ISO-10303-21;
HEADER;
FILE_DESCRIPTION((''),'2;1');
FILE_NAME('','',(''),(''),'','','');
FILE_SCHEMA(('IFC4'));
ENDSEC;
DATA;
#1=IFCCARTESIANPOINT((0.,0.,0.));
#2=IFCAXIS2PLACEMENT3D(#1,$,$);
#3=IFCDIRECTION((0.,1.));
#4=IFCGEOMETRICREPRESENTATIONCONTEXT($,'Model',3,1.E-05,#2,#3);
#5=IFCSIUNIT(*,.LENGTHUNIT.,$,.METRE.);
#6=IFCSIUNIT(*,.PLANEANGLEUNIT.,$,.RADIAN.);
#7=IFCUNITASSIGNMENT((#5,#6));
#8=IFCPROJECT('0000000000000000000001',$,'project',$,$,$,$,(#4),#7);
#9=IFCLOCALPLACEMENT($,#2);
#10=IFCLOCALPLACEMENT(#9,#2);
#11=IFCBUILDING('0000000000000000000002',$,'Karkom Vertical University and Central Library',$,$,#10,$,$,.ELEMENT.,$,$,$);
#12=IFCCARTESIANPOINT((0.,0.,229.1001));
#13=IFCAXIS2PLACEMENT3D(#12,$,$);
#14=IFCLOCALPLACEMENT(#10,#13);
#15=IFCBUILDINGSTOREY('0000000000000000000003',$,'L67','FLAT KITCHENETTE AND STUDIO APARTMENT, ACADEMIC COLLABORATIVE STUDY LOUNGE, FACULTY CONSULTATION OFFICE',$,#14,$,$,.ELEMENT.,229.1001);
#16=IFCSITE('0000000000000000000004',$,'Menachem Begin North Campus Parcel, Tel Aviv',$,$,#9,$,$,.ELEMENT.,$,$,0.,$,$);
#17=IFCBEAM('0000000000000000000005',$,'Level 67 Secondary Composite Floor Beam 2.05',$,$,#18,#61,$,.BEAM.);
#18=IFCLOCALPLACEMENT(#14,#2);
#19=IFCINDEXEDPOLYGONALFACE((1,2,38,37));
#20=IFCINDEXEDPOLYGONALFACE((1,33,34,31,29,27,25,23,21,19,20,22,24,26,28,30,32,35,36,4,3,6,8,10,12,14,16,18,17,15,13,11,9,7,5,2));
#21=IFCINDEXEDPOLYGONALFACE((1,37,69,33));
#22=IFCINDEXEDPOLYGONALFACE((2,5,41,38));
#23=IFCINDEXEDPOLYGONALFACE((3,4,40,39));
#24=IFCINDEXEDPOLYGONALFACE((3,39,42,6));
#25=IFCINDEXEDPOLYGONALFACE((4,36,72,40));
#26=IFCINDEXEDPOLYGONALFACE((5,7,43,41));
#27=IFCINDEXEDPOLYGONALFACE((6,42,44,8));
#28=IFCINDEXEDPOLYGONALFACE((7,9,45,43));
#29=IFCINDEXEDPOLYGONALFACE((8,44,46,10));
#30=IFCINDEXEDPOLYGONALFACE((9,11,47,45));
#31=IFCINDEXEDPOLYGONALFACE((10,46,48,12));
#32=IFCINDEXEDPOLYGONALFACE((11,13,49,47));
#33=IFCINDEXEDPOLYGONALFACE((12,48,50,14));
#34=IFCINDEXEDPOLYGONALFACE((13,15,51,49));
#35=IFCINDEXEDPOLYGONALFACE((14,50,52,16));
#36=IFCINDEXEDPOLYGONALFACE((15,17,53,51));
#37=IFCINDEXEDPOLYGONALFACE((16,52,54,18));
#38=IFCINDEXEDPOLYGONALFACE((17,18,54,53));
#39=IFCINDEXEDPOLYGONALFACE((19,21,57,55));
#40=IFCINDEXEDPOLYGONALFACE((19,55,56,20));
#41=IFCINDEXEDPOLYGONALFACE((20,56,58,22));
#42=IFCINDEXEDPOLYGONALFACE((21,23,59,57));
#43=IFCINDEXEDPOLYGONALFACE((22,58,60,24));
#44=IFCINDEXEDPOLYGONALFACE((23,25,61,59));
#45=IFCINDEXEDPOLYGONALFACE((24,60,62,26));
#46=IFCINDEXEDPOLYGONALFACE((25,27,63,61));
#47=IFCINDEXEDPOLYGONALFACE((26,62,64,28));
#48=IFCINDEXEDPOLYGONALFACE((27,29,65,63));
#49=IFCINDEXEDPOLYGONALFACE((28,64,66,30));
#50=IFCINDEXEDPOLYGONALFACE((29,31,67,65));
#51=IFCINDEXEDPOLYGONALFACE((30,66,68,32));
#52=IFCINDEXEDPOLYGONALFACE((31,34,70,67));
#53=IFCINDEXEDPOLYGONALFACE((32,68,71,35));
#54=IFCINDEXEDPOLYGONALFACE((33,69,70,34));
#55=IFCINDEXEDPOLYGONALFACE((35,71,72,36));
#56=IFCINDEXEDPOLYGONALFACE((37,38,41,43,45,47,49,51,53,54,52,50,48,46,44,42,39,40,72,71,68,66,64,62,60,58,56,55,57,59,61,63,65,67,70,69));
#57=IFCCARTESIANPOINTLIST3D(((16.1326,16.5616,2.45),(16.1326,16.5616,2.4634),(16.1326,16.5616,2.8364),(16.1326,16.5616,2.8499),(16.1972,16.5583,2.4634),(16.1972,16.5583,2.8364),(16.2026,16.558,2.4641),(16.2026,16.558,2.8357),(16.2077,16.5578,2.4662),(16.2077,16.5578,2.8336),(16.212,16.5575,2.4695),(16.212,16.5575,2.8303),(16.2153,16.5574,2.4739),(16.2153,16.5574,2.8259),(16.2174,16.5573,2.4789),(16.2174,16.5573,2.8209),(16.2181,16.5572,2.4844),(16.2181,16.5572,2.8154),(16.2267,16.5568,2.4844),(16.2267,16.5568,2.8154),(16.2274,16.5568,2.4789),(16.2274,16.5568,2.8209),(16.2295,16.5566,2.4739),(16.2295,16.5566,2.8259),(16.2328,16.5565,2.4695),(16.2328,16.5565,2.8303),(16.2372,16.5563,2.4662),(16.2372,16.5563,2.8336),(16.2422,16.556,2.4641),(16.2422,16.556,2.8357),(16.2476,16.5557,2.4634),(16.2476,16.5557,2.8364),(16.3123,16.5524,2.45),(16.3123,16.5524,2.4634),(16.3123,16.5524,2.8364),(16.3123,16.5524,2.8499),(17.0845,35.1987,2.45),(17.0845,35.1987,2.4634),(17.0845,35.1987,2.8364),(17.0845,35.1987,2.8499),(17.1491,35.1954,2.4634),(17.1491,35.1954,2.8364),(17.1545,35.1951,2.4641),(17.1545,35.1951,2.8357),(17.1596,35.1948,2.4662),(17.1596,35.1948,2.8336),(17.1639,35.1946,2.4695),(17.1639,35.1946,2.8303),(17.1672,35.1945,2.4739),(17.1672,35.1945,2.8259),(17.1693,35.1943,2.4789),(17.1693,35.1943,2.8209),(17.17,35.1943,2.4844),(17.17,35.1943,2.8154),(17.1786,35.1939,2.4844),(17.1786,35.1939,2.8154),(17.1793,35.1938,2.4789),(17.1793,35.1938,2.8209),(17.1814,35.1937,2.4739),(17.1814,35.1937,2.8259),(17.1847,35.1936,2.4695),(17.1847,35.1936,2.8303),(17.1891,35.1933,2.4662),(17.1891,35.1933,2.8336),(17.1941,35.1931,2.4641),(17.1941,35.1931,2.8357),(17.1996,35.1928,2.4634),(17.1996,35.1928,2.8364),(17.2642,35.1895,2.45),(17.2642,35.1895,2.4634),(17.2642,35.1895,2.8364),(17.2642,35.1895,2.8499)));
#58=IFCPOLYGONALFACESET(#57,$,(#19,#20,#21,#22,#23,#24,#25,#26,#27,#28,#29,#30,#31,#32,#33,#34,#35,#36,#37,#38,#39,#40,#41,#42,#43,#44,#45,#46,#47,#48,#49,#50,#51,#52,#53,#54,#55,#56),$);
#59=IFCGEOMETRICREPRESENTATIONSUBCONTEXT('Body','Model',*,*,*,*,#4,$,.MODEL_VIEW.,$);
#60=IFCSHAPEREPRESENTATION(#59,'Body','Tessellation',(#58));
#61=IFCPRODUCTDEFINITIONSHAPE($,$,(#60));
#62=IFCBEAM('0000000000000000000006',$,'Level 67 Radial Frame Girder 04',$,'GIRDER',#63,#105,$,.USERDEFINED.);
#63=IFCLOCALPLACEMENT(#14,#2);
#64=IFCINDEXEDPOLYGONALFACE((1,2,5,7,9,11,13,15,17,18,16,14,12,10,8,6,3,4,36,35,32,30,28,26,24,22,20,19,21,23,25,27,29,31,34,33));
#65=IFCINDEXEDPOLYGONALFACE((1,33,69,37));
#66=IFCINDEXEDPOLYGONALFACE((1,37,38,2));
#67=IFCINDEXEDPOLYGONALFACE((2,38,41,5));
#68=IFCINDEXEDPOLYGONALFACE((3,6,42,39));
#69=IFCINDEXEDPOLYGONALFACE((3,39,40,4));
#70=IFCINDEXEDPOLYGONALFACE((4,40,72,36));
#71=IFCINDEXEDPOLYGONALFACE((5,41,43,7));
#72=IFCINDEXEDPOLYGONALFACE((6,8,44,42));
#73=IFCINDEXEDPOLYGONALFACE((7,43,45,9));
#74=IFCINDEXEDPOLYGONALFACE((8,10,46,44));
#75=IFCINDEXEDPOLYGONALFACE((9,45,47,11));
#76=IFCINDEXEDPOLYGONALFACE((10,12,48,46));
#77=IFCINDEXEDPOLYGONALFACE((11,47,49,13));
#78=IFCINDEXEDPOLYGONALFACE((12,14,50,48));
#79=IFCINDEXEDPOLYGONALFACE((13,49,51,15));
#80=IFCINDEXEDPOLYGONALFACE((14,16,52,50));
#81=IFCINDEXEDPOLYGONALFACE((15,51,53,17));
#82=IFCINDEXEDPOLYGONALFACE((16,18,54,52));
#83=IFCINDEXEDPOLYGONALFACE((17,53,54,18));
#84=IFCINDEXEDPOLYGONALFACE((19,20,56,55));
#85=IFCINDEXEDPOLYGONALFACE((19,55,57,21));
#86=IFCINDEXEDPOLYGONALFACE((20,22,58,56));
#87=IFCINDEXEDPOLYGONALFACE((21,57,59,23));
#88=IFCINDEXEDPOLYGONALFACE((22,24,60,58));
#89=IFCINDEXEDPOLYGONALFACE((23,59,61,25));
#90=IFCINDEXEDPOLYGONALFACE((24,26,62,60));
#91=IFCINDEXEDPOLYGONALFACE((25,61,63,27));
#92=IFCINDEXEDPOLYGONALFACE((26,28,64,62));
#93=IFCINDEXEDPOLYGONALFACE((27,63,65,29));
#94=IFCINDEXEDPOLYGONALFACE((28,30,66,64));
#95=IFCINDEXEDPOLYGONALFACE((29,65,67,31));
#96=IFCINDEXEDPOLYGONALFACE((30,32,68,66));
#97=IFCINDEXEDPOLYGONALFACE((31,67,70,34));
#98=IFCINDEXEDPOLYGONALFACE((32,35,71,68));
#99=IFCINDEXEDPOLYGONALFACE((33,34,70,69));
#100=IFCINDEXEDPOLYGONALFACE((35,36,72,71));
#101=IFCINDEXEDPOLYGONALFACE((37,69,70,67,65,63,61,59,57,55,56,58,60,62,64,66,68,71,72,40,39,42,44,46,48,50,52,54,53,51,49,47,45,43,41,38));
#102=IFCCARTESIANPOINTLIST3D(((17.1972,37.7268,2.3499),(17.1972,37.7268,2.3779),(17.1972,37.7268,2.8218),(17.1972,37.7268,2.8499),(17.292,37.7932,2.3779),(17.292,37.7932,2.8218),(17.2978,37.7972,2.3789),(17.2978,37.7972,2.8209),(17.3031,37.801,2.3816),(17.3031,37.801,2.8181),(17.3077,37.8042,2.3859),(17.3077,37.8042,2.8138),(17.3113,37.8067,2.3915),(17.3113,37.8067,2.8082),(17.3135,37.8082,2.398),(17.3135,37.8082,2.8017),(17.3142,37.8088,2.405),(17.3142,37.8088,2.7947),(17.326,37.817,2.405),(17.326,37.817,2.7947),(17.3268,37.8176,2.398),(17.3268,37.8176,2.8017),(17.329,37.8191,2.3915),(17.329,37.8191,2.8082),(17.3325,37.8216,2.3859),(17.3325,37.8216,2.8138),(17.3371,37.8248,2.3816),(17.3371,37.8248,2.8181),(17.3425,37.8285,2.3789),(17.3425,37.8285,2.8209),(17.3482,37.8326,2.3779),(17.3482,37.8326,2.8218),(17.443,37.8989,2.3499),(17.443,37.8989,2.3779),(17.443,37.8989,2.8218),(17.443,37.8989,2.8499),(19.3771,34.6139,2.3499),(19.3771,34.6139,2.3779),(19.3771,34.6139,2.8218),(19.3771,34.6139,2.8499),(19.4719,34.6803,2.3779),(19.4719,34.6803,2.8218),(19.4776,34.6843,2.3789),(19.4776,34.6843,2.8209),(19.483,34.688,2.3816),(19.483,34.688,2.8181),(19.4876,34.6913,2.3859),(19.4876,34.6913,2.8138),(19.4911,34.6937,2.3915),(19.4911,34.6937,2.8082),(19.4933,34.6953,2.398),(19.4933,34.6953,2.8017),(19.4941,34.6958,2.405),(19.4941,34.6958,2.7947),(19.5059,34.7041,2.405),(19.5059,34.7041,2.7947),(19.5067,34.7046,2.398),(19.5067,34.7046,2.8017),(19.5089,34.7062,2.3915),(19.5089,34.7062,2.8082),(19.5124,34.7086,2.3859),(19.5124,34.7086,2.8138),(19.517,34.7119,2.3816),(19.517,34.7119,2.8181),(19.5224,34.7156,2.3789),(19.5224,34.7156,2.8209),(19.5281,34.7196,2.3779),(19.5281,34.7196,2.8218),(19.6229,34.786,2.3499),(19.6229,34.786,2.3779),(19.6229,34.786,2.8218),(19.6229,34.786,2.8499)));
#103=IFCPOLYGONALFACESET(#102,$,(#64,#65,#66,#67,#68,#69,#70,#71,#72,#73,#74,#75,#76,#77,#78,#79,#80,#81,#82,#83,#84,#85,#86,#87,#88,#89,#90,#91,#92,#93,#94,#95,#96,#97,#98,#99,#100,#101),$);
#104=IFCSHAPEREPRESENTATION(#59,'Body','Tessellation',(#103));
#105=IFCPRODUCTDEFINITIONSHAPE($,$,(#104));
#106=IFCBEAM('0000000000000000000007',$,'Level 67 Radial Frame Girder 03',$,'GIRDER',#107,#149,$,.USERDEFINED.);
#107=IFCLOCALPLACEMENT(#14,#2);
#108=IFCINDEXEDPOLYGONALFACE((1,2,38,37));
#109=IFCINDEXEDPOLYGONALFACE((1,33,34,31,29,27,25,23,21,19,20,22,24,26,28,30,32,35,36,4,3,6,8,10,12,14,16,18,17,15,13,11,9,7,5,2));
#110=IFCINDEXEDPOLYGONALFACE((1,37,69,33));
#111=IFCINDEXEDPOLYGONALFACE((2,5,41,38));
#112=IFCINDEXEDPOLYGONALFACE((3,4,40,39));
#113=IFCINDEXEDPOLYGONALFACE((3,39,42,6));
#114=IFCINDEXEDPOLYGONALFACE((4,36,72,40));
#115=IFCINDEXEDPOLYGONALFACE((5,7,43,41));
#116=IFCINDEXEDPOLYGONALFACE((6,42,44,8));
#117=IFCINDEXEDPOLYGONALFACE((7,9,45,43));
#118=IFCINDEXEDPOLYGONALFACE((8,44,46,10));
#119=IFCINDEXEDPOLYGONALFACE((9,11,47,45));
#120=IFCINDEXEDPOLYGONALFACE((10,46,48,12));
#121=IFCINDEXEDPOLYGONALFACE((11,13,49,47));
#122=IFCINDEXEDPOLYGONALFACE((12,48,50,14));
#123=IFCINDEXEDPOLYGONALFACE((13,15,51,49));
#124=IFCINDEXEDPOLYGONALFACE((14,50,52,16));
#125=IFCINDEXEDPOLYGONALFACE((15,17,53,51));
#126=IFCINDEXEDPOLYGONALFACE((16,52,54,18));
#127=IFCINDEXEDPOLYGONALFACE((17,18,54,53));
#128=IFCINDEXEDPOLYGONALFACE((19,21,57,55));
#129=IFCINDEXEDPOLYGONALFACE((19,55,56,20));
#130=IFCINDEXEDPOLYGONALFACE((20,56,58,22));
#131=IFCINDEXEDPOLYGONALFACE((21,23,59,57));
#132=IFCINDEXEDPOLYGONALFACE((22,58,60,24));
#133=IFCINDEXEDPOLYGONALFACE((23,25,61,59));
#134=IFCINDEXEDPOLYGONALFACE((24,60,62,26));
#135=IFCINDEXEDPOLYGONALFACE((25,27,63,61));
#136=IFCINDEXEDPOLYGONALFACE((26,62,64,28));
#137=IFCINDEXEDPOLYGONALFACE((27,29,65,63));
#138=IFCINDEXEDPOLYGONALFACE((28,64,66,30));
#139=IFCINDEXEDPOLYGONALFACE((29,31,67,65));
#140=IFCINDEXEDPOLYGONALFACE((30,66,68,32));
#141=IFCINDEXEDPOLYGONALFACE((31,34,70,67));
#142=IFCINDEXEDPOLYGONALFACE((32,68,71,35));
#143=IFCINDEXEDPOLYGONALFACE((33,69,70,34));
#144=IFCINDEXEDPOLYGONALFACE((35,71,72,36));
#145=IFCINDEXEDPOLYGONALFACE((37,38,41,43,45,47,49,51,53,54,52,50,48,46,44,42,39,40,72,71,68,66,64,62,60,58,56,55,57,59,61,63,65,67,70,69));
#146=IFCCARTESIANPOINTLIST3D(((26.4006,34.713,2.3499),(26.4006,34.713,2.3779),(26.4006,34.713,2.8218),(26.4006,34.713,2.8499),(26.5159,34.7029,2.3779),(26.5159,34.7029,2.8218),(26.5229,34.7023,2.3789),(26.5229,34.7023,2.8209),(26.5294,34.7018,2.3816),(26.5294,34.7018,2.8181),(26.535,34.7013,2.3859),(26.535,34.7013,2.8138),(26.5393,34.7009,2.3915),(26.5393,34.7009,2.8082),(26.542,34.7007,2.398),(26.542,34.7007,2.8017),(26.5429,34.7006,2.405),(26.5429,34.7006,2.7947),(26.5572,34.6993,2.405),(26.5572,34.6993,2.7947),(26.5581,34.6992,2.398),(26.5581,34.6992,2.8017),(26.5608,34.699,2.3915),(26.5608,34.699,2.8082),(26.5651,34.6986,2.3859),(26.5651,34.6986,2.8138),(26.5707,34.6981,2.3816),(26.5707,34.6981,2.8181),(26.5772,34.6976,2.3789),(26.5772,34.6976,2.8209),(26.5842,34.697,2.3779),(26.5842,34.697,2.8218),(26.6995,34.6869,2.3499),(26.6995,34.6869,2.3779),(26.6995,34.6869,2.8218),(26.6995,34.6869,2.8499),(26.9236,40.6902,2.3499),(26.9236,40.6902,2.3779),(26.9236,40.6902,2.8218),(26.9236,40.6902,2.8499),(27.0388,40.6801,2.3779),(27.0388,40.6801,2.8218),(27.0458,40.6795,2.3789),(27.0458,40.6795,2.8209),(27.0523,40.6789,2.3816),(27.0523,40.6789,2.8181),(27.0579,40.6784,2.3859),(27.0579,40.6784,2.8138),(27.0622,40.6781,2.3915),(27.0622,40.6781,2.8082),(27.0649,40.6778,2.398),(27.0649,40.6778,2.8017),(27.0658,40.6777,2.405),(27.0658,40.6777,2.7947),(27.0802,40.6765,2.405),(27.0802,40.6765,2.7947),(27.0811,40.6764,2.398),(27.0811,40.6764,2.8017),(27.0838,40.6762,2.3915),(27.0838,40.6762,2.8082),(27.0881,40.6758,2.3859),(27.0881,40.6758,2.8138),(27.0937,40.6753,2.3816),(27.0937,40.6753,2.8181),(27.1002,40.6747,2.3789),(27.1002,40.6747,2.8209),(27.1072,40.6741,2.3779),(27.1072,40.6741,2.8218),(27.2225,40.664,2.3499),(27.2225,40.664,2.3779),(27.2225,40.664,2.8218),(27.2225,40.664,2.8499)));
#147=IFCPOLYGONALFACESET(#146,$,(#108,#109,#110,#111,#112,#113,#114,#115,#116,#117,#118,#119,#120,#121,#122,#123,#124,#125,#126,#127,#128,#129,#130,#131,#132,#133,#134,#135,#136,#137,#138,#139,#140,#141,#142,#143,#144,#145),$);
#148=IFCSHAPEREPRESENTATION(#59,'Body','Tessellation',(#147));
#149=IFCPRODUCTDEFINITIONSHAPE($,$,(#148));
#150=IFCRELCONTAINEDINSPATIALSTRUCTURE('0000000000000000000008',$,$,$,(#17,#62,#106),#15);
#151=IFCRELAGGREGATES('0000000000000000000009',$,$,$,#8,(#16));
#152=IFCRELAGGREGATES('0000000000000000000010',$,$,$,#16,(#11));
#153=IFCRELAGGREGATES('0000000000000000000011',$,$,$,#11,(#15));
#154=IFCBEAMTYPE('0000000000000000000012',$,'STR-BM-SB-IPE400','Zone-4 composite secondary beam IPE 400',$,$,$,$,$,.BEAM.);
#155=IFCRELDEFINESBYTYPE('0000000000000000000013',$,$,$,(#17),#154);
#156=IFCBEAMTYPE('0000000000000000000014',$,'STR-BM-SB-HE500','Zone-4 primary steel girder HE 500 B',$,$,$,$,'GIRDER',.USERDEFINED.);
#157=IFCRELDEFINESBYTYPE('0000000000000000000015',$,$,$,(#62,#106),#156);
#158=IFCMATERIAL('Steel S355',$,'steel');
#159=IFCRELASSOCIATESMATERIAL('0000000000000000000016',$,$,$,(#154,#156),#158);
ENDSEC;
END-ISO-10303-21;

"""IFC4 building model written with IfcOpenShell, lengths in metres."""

from ifc_helpers import new_model, si_unit, direction, frame, origin, origin_with_axes, origin_2d, place, context, subcontext, project, spatial, i_section, extrude, source, transform, mapped, material, material_profile, profile_set, type_object, element, save


model = new_model("IFC4")

# Units and contexts
model_context = context("Model", 3, precision=1e-05, world=origin(), true_north=direction((0.0, 1.0)))
body_context = subcontext(model_context, "Body", "Model", "MODEL_VIEW")
ifc_project = project(units=[si_unit("LENGTHUNIT", "METRE"), si_unit("PLANEANGLEUNIT", "RADIAN")], contexts=[model_context])

# Site, building, storey
site_placement = place(None, origin())
site = spatial("IfcSite", under=ifc_project, at=site_placement, Name="Menachem Begin North Campus Parcel, Tel Aviv", CompositionType="ELEMENT", RefElevation=0.0)
building_placement = place(site_placement, origin())
building = spatial("IfcBuilding", under=site, at=building_placement, Name="Karkom Vertical University and Central Library", CompositionType="ELEMENT")
storey_placement = place(building_placement, frame((0.0, 0.0, 229.1001)))
storey = spatial("IfcBuildingStorey", under=building, at=storey_placement, Name="L67", Description="FLAT KITCHENETTE AND STUDIO APARTMENT, ACADEMIC COLLABORATIVE STUDY LOUNGE, FACULTY CONSULTATION OFFICE", CompositionType="ELEMENT", Elevation=229.1001)

# Beams
ifc_material_1 = material(Name="Steel S355", Category="steel")
ifc_material_profile_1 = material_profile(ifc_material_1, i_section(OverallWidth=0.1799, OverallDepth=0.3999, WebThickness=0.0085, FlangeThickness=0.0134, FilletRadius=0.021, at=origin_2d()), Name="IPE 400")
ifc_profile_set_1 = profile_set([ifc_material_profile_1], Name="Steel S355")
beam_type_1 = type_object("IfcBeamType", Name="STR-BM-SB-IPE400", Description="Zone-4 composite secondary beam IPE 400", PredefinedType="BEAM", material=ifc_profile_set_1)
shared_shape_1 = source(origin_with_axes(), body_context, "Body", "SweptSolid", [
    extrude(i_section(OverallWidth=0.1799, OverallDepth=0.3999, WebThickness=0.0085, FlangeThickness=0.0134, FilletRadius=0.021, at=origin_2d()), origin(), (0.0, 0.0, 1.0), 18.6614),
])
beam_1_placement = place(storey_placement, frame((17.1743, 35.1941, 2.6499), z_axis=(-0.05101, -0.998698, 0.0), x_axis=(0.998698, -0.05101, 0.0)))
element("IfcBeam", 1, at=beam_1_placement, inside=storey, type_object=beam_type_1, Name="Level 67 Secondary Composite Floor Beam 2.05", PredefinedType="BEAM", context=body_context, shape_type="MappedRepresentation", body=[
    mapped(shared_shape_1, transform((0.0, 0.0, 0.0), scale=1.0)),
])
ifc_material_profile_2 = material_profile(ifc_material_1, i_section(OverallWidth=0.3, OverallDepth=0.5, WebThickness=0.0144, FlangeThickness=0.0281, FilletRadius=0.0271, at=origin_2d()), Name="HE 500 B")
ifc_profile_set_2 = profile_set([ifc_material_profile_2], Name="Steel S355")
beam_type_2 = type_object("IfcBeamType", Name="STR-BM-SB-HE500", Description="Zone-4 primary steel girder HE 500 B", ElementType="GIRDER", PredefinedType="USERDEFINED", material=ifc_profile_set_2)
shared_shape_2 = source(origin_with_axes(), body_context, "Body", "SweptSolid", [
    extrude(i_section(OverallWidth=0.3, OverallDepth=0.5, WebThickness=0.0144, FlangeThickness=0.0281, FilletRadius=0.0271, at=origin_2d()), origin(), (0.0, 0.0, 1.0), 3.8003),
])
beam_2_placement = place(storey_placement, frame((19.5, 34.7, 2.5999), z_axis=(-0.573605, 0.819132, 0.0), x_axis=(-0.819132, -0.573605, 0.0)))
element("IfcBeam", 2, at=beam_2_placement, inside=storey, type_object=beam_type_2, Name="Level 67 Radial Frame Girder 04", ObjectType="GIRDER", PredefinedType="USERDEFINED", context=body_context, shape_type="MappedRepresentation", body=[
    mapped(shared_shape_2, transform((0.0, 0.0, 0.0), scale=1.0)),
])
shared_shape_3 = source(origin_with_axes(), body_context, "Body", "SweptSolid", [
    extrude(i_section(OverallWidth=0.3, OverallDepth=0.5, WebThickness=0.0144, FlangeThickness=0.0281, FilletRadius=0.0271, at=origin_2d()), origin(), (0.0, 0.0, 1.0), 6.0),
])
beam_3_placement = place(storey_placement, frame((26.55, 34.7, 2.5999), z_axis=(0.08716, 0.996194, 0.0), x_axis=(-0.996194, 0.08716, 0.0)))
element("IfcBeam", 3, at=beam_3_placement, inside=storey, type_object=beam_type_2, Name="Level 67 Radial Frame Girder 03", ObjectType="GIRDER", PredefinedType="USERDEFINED", context=body_context, shape_type="MappedRepresentation", body=[
    mapped(shared_shape_3, transform((0.0, 0.0, 0.0), scale=1.0)),
])

save(model, "model.ifc")
